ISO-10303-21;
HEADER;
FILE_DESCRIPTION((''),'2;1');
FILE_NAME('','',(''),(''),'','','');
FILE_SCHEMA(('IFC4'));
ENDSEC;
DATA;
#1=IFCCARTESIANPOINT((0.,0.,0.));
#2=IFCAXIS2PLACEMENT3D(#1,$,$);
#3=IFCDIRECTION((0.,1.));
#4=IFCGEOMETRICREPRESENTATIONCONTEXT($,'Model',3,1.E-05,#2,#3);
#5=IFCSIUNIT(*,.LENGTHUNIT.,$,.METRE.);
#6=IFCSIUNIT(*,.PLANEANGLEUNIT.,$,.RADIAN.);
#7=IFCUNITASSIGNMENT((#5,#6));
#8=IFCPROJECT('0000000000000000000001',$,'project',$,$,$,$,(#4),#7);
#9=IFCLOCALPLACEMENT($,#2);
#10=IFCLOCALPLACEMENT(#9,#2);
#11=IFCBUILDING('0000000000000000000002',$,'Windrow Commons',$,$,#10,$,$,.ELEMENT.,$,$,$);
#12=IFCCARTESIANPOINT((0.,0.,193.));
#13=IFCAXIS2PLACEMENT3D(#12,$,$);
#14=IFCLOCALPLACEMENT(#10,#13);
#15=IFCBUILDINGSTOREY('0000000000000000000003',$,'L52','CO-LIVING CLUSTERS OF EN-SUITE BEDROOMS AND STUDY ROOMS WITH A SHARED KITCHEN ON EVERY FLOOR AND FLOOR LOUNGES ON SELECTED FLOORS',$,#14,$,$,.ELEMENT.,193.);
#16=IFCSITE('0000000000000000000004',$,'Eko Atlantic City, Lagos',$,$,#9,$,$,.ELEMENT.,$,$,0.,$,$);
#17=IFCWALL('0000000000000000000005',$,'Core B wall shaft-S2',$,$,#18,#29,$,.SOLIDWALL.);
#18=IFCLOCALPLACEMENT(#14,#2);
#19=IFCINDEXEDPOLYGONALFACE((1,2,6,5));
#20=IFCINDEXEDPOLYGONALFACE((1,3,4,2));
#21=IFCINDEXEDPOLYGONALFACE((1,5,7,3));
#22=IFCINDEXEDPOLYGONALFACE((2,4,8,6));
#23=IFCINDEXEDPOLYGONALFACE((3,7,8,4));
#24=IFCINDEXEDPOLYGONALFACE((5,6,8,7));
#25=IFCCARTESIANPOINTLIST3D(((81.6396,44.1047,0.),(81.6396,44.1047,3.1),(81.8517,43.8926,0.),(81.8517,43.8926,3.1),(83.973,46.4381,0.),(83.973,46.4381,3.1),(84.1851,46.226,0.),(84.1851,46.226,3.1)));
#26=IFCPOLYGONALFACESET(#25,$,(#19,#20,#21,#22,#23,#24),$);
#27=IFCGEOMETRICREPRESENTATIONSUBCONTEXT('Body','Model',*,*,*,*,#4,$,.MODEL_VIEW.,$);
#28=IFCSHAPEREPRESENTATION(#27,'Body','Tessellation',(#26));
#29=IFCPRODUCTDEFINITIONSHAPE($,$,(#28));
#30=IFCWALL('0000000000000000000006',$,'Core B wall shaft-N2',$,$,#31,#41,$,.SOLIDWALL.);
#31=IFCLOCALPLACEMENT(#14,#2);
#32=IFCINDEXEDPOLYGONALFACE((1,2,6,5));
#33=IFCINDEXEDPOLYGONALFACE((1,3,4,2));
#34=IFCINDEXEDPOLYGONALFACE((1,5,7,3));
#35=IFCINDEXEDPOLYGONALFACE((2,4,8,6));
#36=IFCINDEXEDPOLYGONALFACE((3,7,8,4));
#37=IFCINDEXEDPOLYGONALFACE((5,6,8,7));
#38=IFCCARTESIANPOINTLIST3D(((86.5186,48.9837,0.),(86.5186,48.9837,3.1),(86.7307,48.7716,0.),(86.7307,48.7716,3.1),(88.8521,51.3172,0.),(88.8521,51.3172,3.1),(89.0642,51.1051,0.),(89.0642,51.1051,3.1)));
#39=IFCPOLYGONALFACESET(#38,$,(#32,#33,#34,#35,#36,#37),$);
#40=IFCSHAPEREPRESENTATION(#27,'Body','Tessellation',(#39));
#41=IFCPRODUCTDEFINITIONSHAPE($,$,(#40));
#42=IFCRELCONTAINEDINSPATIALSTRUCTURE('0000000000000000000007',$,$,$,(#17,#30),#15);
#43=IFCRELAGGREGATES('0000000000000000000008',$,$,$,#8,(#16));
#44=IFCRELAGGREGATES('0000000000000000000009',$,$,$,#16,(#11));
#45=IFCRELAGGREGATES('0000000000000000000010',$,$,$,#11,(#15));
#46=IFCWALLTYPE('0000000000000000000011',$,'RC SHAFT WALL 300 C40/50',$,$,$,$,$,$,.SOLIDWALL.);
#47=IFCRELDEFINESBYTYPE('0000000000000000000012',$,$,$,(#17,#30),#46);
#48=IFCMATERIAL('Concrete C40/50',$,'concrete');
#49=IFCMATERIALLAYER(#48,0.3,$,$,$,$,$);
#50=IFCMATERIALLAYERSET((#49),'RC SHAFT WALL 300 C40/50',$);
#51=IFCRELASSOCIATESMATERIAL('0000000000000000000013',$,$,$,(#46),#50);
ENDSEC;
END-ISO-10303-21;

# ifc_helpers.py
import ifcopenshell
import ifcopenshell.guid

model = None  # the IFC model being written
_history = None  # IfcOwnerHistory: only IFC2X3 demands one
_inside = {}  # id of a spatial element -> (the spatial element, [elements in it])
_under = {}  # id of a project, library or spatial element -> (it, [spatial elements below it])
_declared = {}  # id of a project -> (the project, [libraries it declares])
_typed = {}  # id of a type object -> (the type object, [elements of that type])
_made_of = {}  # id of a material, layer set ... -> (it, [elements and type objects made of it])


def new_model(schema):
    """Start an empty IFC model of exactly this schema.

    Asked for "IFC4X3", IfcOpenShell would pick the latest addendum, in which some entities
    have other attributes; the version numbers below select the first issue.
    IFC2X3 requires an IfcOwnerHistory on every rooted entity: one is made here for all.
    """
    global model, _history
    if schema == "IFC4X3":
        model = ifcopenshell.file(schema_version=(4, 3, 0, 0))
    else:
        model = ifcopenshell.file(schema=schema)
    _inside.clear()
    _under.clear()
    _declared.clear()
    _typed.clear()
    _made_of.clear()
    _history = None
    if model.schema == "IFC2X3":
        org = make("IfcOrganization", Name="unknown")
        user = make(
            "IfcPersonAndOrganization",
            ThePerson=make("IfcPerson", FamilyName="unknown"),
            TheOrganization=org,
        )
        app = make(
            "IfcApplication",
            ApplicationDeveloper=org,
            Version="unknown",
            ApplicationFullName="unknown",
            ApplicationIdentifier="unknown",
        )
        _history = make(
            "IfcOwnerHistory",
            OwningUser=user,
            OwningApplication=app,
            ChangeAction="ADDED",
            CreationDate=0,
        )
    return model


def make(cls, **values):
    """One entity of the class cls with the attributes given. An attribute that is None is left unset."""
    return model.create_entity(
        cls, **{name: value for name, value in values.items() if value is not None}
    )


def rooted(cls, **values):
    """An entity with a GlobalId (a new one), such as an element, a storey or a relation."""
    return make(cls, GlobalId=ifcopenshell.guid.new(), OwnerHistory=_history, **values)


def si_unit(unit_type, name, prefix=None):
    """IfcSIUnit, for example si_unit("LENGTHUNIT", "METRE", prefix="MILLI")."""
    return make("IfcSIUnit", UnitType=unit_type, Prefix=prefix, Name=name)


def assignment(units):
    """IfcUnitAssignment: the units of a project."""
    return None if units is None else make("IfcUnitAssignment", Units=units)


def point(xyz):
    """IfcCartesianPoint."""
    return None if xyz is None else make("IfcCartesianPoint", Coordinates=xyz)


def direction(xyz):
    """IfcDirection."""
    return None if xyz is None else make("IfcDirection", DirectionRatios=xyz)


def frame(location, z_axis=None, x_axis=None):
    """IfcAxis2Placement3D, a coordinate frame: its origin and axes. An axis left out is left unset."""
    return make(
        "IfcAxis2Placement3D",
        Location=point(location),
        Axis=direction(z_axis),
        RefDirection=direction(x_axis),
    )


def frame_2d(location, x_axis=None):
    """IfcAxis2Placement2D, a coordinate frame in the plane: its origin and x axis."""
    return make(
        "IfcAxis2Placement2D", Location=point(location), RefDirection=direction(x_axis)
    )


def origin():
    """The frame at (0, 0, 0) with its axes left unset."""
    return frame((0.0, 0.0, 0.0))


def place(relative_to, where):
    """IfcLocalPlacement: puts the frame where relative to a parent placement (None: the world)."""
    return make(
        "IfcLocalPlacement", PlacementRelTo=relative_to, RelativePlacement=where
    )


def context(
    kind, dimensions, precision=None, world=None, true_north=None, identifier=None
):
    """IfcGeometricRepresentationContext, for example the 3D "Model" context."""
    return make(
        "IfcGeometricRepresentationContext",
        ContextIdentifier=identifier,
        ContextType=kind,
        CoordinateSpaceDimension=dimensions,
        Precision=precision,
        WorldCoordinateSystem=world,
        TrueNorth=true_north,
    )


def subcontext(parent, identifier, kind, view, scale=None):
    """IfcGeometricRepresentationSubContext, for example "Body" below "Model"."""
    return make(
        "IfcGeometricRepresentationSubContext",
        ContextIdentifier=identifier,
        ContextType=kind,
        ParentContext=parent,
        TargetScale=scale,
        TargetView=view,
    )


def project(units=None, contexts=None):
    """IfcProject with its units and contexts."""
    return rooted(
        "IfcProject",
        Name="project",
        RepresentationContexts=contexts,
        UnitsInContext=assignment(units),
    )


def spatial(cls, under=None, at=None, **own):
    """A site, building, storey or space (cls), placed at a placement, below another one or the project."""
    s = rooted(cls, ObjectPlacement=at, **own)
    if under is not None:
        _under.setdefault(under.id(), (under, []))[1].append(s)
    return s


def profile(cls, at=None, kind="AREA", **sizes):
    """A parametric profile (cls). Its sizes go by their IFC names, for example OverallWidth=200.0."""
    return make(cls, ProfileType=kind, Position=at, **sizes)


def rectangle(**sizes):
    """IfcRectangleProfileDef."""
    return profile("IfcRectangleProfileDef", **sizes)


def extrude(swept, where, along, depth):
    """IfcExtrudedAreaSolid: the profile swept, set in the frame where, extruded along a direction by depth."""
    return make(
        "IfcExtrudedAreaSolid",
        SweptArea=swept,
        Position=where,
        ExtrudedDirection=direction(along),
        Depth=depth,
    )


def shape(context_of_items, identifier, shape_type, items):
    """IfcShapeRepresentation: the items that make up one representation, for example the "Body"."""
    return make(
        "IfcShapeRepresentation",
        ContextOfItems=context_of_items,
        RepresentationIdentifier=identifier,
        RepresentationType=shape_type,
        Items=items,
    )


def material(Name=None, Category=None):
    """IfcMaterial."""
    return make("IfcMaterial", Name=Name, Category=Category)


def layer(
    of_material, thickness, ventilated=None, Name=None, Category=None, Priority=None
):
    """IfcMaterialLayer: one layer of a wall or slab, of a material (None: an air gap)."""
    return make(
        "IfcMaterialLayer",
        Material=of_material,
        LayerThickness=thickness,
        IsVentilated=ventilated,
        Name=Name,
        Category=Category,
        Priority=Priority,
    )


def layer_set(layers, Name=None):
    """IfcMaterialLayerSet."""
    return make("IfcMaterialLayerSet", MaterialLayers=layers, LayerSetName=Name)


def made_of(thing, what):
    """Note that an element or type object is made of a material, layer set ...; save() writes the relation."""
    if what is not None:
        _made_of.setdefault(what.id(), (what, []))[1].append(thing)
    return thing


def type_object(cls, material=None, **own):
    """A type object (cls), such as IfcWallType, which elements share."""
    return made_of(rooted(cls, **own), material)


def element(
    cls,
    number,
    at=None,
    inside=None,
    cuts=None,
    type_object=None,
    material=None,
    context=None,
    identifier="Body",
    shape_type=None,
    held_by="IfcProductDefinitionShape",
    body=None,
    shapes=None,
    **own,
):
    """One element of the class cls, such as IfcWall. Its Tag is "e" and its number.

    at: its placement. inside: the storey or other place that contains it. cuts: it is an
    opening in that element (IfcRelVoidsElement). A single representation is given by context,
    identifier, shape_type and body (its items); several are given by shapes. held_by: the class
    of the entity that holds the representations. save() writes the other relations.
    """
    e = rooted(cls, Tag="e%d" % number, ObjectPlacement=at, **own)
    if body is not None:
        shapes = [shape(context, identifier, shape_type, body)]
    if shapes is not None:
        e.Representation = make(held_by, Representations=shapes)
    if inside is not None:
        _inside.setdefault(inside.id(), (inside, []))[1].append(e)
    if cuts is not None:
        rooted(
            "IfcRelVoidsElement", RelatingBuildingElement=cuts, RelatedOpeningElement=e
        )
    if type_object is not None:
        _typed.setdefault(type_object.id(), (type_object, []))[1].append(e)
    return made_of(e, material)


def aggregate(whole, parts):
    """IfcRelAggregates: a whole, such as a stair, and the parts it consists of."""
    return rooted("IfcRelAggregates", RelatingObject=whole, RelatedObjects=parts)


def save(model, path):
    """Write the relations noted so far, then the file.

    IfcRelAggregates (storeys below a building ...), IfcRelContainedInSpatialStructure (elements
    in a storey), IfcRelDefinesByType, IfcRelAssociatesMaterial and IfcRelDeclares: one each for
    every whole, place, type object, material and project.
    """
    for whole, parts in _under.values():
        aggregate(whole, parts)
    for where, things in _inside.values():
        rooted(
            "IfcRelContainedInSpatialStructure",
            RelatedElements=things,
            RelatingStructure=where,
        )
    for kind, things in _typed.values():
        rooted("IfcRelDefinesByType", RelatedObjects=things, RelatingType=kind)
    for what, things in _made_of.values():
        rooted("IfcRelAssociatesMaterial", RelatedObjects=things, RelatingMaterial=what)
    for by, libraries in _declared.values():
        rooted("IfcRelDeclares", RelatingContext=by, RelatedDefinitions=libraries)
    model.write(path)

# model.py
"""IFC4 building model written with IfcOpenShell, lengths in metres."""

from ifc_helpers import new_model, si_unit, direction, frame, frame_2d, origin, place, context, subcontext, project, spatial, rectangle, extrude, material, layer, layer_set, type_object, element, save


model = new_model("IFC4")

# Units and contexts
model_context = context("Model", 3, precision=1e-05, world=origin(), true_north=direction((0.0, 1.0)))
body_context = subcontext(model_context, "Body", "Model", "MODEL_VIEW")
ifc_project = project(units=[si_unit("LENGTHUNIT", "METRE"), si_unit("PLANEANGLEUNIT", "RADIAN")], contexts=[model_context])

# Site, building, storey
site_placement = place(None, origin())
site = spatial("IfcSite", under=ifc_project, at=site_placement, Name="Eko Atlantic City, Lagos", CompositionType="ELEMENT", RefElevation=0.0)
building_placement = place(site_placement, origin())
building = spatial("IfcBuilding", under=site, at=building_placement, Name="Windrow Commons", CompositionType="ELEMENT")
storey_placement = place(building_placement, frame((0.0, 0.0, 193.0)))
storey = spatial("IfcBuildingStorey", under=building, at=storey_placement, Name="L52", Description="CO-LIVING CLUSTERS OF EN-SUITE BEDROOMS AND STUDY ROOMS WITH A SHARED KITCHEN ON EVERY FLOOR AND FLOOR LOUNGES ON SELECTED FLOORS", CompositionType="ELEMENT", Elevation=193.0)

# Walls
ifc_material_1 = material(Name="Concrete C40/50", Category="concrete")
ifc_layer_1 = layer(ifc_material_1, 0.3)
ifc_layer_set_1 = layer_set([ifc_layer_1], Name="RC SHAFT WALL 300 C40/50")
wall_type_1 = type_object("IfcWallType", Name="RC SHAFT WALL 300 C40/50", PredefinedType="SOLIDWALL", material=ifc_layer_set_1)
wall_1_placement = place(storey_placement, frame((81.7456, 43.9986, 0.0), z_axis=(0.0, 0.0, 1.0), x_axis=(0.707107, 0.707107, 0.0)))
element("IfcWall", 1, at=wall_1_placement, inside=storey, type_object=wall_type_1, Name="Core B wall shaft-S2", PredefinedType="SOLIDWALL", context=body_context, shape_type="SweptSolid", body=[
    extrude(rectangle(XDim=3.2999, YDim=0.3, at=frame_2d((1.65, 0.0))), origin(), (0.0, 0.0, 1.0), 3.1),
])
wall_2_placement = place(storey_placement, frame((86.6246, 48.8776, 0.0), z_axis=(0.0, 0.0, 1.0), x_axis=(0.707107, 0.707107, 0.0)))
element("IfcWall", 2, at=wall_2_placement, inside=storey, type_object=wall_type_1, Name="Core B wall shaft-N2", PredefinedType="SOLIDWALL", context=body_context, shape_type="SweptSolid", body=[
    extrude(rectangle(XDim=3.3001, YDim=0.3, at=frame_2d((1.6501, 0.0))), origin(), (0.0, 0.0, 1.0), 3.1),
])

save(model, "model.ifc")
